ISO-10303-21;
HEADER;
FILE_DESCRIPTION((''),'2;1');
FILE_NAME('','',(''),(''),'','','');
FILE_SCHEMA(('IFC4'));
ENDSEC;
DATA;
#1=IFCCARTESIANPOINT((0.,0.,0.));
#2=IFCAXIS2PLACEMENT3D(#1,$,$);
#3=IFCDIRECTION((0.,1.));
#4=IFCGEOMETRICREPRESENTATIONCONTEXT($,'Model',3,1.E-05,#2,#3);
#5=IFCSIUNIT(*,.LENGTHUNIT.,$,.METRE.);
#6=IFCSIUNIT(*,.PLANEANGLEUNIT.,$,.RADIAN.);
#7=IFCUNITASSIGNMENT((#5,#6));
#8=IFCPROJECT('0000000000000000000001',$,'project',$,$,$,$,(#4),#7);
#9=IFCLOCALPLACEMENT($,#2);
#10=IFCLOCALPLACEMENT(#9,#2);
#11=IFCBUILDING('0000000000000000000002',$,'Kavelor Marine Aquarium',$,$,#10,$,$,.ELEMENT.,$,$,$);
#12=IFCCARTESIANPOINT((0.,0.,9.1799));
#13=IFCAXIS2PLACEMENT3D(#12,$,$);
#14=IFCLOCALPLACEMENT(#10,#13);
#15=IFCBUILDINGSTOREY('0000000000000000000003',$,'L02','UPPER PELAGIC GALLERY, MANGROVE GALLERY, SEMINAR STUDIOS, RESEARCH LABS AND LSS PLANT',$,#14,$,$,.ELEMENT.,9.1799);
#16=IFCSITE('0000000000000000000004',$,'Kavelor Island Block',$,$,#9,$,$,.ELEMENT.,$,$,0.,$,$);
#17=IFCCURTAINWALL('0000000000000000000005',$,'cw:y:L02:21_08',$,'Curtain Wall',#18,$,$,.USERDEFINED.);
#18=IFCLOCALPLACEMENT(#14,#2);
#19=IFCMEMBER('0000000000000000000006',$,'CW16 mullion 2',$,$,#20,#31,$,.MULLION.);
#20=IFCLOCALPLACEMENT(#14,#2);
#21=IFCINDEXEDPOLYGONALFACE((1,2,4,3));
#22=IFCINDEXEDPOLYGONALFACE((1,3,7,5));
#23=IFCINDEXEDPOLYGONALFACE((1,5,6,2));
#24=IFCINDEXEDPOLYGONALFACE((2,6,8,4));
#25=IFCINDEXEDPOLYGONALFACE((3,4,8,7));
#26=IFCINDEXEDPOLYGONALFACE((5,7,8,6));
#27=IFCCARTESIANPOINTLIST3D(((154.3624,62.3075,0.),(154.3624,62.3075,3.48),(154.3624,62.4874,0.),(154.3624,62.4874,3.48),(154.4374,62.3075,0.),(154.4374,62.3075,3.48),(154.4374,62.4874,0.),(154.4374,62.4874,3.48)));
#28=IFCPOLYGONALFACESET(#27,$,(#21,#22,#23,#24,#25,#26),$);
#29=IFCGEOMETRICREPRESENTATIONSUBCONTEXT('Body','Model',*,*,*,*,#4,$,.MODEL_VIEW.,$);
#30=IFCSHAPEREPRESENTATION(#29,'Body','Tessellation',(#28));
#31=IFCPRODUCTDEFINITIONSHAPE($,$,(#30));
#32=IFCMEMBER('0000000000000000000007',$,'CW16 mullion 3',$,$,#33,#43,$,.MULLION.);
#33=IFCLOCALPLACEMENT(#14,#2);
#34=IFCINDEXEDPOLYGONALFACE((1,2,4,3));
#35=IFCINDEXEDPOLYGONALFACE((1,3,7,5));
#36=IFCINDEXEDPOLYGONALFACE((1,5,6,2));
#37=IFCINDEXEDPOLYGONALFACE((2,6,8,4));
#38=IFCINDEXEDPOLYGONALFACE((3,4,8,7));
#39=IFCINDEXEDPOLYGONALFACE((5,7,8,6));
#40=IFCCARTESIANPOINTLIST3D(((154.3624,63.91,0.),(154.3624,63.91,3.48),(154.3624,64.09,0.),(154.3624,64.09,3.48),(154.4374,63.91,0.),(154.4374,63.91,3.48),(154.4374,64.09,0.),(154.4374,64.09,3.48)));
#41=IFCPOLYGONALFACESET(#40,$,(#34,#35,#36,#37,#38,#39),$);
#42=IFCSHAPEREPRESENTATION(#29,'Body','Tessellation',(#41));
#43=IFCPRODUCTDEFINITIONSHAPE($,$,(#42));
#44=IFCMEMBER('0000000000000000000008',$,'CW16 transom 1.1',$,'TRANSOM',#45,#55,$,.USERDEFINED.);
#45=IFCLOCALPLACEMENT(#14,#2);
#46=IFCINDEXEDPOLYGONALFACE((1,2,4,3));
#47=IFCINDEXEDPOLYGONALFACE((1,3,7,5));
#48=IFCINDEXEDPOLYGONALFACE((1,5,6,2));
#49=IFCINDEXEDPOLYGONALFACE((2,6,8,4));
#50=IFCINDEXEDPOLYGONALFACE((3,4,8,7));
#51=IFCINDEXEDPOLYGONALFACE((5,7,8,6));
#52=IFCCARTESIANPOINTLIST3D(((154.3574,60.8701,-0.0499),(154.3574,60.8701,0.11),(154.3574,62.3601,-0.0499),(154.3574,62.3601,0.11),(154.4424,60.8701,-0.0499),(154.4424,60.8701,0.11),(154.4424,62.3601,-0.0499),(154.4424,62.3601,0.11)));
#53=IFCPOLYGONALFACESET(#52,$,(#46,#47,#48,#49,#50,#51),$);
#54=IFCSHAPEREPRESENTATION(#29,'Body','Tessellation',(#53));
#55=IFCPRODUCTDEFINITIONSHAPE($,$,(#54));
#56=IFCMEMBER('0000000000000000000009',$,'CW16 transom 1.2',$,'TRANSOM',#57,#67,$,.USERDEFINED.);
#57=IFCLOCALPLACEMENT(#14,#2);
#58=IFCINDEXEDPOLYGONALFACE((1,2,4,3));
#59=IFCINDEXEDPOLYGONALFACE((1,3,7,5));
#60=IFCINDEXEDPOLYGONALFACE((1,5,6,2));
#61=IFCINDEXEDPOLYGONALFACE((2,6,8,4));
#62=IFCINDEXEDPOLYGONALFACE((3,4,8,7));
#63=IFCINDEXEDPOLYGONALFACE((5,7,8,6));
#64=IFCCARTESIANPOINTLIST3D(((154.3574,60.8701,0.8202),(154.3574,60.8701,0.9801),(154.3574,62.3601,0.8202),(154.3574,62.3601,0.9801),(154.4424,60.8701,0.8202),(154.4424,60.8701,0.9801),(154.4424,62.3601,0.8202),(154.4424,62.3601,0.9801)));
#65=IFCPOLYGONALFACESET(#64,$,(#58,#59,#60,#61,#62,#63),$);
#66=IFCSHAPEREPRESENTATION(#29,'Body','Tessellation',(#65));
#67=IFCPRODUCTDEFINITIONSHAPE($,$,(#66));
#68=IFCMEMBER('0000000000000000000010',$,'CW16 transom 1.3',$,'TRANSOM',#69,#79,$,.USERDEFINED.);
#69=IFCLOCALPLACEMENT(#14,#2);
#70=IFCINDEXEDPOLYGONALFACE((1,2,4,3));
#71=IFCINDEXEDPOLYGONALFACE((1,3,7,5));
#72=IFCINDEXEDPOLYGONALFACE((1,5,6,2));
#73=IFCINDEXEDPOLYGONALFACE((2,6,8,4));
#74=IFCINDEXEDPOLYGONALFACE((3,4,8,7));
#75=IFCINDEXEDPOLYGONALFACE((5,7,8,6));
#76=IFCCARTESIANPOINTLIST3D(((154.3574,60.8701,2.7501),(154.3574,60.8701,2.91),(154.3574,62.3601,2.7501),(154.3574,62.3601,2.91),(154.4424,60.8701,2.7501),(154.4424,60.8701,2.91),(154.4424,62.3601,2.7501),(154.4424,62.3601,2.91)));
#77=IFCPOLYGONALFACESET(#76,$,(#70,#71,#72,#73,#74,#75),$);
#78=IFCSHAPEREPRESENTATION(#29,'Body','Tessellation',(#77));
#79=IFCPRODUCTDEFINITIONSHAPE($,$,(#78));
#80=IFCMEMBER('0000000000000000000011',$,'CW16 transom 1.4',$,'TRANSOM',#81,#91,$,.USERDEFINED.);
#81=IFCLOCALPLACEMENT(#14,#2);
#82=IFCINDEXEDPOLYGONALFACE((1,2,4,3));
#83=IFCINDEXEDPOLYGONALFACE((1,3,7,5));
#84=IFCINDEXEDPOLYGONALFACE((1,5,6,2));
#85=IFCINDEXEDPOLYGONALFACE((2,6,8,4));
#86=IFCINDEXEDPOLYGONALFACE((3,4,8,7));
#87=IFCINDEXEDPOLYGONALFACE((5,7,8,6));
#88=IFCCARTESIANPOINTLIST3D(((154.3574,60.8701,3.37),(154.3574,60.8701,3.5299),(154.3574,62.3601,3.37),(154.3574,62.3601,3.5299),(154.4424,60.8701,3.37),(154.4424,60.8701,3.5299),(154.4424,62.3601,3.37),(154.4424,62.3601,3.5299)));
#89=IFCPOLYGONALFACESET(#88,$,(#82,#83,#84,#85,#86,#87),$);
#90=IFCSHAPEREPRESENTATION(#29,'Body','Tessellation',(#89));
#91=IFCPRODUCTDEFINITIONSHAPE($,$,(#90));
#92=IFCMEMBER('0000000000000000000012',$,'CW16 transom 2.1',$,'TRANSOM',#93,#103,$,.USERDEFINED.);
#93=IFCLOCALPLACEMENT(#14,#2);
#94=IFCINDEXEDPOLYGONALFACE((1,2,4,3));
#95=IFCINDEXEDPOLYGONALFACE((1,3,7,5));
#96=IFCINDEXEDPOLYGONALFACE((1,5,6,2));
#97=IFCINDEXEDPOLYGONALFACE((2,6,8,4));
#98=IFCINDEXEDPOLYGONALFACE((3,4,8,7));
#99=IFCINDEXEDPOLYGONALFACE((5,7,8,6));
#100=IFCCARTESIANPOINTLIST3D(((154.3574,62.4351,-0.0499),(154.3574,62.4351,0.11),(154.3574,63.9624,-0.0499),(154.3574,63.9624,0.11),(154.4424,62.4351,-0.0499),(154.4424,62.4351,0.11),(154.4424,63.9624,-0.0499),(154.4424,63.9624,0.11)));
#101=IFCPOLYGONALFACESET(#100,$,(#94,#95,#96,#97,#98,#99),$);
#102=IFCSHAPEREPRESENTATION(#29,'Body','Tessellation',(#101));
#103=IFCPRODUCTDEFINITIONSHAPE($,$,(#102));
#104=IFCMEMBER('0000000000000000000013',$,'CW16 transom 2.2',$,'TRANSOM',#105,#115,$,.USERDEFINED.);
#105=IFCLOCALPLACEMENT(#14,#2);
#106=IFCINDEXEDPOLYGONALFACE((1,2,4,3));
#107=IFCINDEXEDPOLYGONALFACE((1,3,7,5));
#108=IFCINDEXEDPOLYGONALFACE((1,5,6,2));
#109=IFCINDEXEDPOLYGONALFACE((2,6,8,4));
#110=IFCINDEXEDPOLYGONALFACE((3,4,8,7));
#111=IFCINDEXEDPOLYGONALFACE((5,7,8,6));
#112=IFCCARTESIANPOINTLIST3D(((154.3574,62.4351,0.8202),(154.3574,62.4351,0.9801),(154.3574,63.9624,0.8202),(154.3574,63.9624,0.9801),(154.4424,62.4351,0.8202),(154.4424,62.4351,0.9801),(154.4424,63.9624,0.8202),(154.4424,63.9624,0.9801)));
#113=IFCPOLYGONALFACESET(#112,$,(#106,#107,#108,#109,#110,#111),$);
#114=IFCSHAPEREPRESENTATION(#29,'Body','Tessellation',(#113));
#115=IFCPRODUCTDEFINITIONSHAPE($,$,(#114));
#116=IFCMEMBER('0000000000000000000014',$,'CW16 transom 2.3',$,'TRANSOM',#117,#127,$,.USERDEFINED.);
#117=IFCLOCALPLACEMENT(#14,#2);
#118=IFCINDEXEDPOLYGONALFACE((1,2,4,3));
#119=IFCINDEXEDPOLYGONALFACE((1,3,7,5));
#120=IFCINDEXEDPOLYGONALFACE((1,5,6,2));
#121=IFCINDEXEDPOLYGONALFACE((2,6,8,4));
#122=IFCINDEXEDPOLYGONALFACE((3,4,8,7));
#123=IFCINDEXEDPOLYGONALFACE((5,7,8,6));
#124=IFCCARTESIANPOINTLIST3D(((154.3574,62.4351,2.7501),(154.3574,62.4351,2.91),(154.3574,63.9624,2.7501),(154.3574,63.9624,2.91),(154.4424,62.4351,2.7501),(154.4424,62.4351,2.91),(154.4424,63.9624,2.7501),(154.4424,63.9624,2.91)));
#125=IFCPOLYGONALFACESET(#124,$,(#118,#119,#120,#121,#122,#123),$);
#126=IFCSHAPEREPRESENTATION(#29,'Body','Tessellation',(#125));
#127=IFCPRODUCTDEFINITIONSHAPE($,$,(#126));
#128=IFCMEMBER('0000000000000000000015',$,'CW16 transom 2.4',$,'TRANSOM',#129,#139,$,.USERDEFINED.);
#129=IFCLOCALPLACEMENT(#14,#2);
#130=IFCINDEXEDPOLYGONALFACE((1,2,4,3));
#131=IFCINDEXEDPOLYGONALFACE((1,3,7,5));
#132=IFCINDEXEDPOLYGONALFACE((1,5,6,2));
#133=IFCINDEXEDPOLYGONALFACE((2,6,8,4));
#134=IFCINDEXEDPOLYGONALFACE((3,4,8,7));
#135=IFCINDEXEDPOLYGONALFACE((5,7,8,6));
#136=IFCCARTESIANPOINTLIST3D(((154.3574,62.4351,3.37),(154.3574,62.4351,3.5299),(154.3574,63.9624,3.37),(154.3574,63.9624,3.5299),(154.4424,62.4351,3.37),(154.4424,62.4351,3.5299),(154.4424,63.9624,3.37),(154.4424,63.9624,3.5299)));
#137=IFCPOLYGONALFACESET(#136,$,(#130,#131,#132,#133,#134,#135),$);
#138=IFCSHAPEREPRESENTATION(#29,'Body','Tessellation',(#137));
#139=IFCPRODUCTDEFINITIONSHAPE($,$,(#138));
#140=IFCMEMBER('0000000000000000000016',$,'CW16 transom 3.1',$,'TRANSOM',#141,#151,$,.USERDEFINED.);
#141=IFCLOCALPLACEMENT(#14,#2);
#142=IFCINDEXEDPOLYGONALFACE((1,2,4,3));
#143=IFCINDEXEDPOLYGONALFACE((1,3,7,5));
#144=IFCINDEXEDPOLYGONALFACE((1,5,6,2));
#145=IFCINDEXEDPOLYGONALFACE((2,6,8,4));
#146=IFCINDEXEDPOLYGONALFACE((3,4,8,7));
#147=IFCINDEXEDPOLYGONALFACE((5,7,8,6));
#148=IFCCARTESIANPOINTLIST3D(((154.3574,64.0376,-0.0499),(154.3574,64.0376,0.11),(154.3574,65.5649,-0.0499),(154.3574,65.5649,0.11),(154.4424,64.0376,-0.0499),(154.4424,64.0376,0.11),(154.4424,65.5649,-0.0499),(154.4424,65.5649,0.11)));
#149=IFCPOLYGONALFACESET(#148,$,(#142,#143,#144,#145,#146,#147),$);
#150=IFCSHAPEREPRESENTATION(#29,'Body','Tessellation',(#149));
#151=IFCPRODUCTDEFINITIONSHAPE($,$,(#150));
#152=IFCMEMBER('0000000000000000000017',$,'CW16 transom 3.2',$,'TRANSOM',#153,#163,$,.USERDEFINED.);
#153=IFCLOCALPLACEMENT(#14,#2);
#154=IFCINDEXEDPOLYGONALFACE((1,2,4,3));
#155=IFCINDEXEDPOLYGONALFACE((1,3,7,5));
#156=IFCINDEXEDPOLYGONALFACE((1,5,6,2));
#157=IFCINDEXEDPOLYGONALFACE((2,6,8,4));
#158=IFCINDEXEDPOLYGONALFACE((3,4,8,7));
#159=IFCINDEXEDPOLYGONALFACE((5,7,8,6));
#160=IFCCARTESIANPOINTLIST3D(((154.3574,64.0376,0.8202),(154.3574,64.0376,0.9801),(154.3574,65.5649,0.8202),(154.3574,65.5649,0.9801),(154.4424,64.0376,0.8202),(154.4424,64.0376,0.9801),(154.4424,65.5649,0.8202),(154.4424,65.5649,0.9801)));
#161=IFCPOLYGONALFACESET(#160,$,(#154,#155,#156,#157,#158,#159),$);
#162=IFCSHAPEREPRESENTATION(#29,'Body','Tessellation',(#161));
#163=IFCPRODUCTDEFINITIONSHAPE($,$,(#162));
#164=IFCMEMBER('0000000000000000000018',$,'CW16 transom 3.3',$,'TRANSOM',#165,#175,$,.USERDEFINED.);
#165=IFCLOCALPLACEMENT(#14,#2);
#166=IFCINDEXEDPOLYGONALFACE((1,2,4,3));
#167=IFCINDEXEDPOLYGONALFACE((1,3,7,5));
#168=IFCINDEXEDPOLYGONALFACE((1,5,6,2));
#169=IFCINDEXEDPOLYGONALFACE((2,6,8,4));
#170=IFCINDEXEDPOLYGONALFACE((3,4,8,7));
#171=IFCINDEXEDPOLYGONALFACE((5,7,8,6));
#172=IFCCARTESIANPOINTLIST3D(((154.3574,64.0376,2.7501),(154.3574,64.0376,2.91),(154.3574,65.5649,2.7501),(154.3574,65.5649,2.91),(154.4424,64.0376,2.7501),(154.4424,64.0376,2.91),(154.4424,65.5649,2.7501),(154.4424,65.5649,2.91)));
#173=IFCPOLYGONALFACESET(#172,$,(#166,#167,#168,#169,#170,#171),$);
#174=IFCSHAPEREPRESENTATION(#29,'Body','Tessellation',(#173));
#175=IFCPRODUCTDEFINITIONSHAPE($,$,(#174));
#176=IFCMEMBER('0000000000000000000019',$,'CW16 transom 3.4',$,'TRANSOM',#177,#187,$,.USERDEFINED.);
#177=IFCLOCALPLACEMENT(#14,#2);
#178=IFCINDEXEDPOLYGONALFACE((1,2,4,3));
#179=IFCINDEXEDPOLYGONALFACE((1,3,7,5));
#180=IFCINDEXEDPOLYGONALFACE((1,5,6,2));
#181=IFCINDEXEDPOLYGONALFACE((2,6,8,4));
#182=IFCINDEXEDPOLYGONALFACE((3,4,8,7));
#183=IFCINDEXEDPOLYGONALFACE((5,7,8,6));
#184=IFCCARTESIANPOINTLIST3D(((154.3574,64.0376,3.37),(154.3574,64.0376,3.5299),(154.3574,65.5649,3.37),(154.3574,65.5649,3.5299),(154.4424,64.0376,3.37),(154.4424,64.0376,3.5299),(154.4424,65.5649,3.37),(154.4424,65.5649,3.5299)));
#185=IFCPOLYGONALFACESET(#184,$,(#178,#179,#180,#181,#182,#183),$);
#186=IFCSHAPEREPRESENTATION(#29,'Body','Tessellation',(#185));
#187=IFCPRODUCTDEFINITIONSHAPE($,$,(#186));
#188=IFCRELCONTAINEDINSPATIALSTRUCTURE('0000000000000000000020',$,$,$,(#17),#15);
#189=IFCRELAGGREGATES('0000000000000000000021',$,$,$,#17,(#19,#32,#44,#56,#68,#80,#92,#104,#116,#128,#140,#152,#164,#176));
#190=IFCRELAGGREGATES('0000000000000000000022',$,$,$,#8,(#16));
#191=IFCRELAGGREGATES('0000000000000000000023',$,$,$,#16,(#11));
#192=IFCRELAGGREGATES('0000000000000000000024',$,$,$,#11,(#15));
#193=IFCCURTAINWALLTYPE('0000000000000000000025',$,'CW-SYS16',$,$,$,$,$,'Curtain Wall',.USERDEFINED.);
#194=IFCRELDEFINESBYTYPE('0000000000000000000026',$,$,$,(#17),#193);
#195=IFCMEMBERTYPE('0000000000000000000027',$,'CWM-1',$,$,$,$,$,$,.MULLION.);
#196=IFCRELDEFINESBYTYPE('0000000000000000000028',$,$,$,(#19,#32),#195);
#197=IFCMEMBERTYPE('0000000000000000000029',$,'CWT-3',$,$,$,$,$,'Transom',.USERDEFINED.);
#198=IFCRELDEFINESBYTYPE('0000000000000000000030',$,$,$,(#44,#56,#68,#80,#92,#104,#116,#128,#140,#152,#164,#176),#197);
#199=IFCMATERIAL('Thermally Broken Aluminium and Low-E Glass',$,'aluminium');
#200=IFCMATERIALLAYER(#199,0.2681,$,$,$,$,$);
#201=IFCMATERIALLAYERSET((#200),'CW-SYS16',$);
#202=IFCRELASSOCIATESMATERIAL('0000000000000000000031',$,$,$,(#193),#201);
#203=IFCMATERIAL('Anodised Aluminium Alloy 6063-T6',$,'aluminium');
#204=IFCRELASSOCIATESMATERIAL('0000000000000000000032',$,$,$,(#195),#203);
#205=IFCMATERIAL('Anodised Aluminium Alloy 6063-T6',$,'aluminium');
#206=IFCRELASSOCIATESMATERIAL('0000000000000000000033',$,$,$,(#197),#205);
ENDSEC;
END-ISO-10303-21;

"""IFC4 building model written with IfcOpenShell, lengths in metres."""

from ifc_helpers import new_model, si_unit, direction, frame, origin, origin_2d, place, context, subcontext, project, spatial, rectangle, extrude, material, layer, layer_set, material_profile, profile_set, type_object, element, aggregate, save


model = new_model("IFC4")

# Units and contexts
model_context = context("Model", 3, precision=1e-05, world=origin(), true_north=direction((0.0, 1.0)))
body_context = subcontext(model_context, "Body", "Model", "MODEL_VIEW")
ifc_project = project(units=[si_unit("LENGTHUNIT", "METRE"), si_unit("PLANEANGLEUNIT", "RADIAN")], contexts=[model_context])

# Site, building, storey
site_placement = place(None, origin())
site = spatial("IfcSite", under=ifc_project, at=site_placement, Name="Kavelor Island Block", CompositionType="ELEMENT", RefElevation=0.0)
building_placement = place(site_placement, origin())
building = spatial("IfcBuilding", under=site, at=building_placement, Name="Kavelor Marine Aquarium", CompositionType="ELEMENT")
storey_placement = place(building_placement, frame((0.0, 0.0, 9.1799)))
storey = spatial("IfcBuildingStorey", under=building, at=storey_placement, Name="L02", Description="UPPER PELAGIC GALLERY, MANGROVE GALLERY, SEMINAR STUDIOS, RESEARCH LABS AND LSS PLANT", CompositionType="ELEMENT", Elevation=9.1799)

# Curtain wall, members
ifc_material_1 = material(Name="Thermally Broken Aluminium and Low-E Glass", Category="aluminium")
ifc_layer_1 = layer(ifc_material_1, 0.2681)
ifc_layer_set_1 = layer_set([ifc_layer_1], Name="CW-SYS16")
curtain_wall_type = type_object("IfcCurtainWallType", Name="CW-SYS16", ElementType="Curtain Wall", PredefinedType="USERDEFINED", material=ifc_layer_set_1)
curtain_wall_placement = place(storey_placement, origin())
curtain_wall = element("IfcCurtainWall", 1, at=curtain_wall_placement, inside=storey, type_object=curtain_wall_type, Name="cw:y:L02:21_08", ObjectType="Curtain Wall", PredefinedType="USERDEFINED")
ifc_material_2 = material(Name="Anodised Aluminium Alloy 6063-T6", Category="aluminium")
ifc_material_profile_1 = material_profile(ifc_material_2, rectangle(XDim=0.075, YDim=0.1799, at=origin_2d()), Name="CW-MUL 75x180")
ifc_profile_set_1 = profile_set([ifc_material_profile_1], Name="Anodised Aluminium Alloy 6063-T6")
member_type_1 = type_object("IfcMemberType", Name="CWM-1", PredefinedType="MULLION", material=ifc_profile_set_1)
member_1_placement = place(storey_placement, frame((154.3999, 62.3975, 0.0), z_axis=(0.0, 0.0, 1.0), x_axis=(-1.0, 0.0, 0.0)))
member_1 = element("IfcMember", 2, at=member_1_placement, type_object=member_type_1, Name="CW16 mullion 2", PredefinedType="MULLION", context=body_context, shape_type="SweptSolid", body=[
    extrude(rectangle(XDim=0.075, YDim=0.1799, at=origin_2d()), origin(), (0.0, 0.0, 1.0), 3.48),
])
member_2_placement = place(storey_placement, frame((154.3999, 64.0, 0.0), z_axis=(0.0, 0.0, 1.0), x_axis=(-1.0, 0.0, 0.0)))
member_2 = element("IfcMember", 3, at=member_2_placement, type_object=member_type_1, Name="CW16 mullion 3", PredefinedType="MULLION", context=body_context, shape_type="SweptSolid", body=[
    extrude(rectangle(XDim=0.075, YDim=0.1799, at=origin_2d()), origin(), (0.0, 0.0, 1.0), 3.48),
])
ifc_material_3 = material(Name="Anodised Aluminium Alloy 6063-T6", Category="aluminium")
ifc_material_profile_2 = material_profile(ifc_material_3, rectangle(XDim=0.085, YDim=0.1599, at=origin_2d()), Name="CW-TRN 85x160")
ifc_profile_set_2 = profile_set([ifc_material_profile_2], Name="Anodised Aluminium Alloy 6063-T6")
member_type_2 = type_object("IfcMemberType", Name="CWT-3", ElementType="Transom", PredefinedType="USERDEFINED", material=ifc_profile_set_2)
member_3_placement = place(storey_placement, frame((154.3999, 60.8701, 0.03), z_axis=(0.0, 1.0, 0.0), x_axis=(-1.0, 0.0, 0.0)))
member_3 = element("IfcMember", 4, at=member_3_placement, type_object=member_type_2, Name="CW16 transom 1.1", ObjectType="TRANSOM", PredefinedType="USERDEFINED", context=body_context, shape_type="SweptSolid", body=[
    extrude(rectangle(XDim=0.085, YDim=0.1599, at=origin_2d()), origin(), (0.0, 0.0, 1.0), 1.49),
])
member_4_placement = place(storey_placement, frame((154.3999, 60.8701, 0.9001), z_axis=(0.0, 1.0, 0.0), x_axis=(-1.0, 0.0, 0.0)))
member_4 = element("IfcMember", 5, at=member_4_placement, type_object=member_type_2, Name="CW16 transom 1.2", ObjectType="TRANSOM", PredefinedType="USERDEFINED", context=body_context, shape_type="SweptSolid", body=[
    extrude(rectangle(XDim=0.085, YDim=0.1599, at=origin_2d()), origin(), (0.0, 0.0, 1.0), 1.49),
])
member_5_placement = place(storey_placement, frame((154.3999, 60.8701, 2.8301), z_axis=(0.0, 1.0, 0.0), x_axis=(-1.0, 0.0, 0.0)))
member_5 = element("IfcMember", 6, at=member_5_placement, type_object=member_type_2, Name="CW16 transom 1.3", ObjectType="TRANSOM", PredefinedType="USERDEFINED", context=body_context, shape_type="SweptSolid", body=[
    extrude(rectangle(XDim=0.085, YDim=0.1599, at=origin_2d()), origin(), (0.0, 0.0, 1.0), 1.49),
])
member_6_placement = place(storey_placement, frame((154.3999, 60.8701, 3.45), z_axis=(0.0, 1.0, 0.0), x_axis=(-1.0, 0.0, 0.0)))
member_6 = element("IfcMember", 7, at=member_6_placement, type_object=member_type_2, Name="CW16 transom 1.4", ObjectType="TRANSOM", PredefinedType="USERDEFINED", context=body_context, shape_type="SweptSolid", body=[
    extrude(rectangle(XDim=0.085, YDim=0.1599, at=origin_2d()), origin(), (0.0, 0.0, 1.0), 1.49),
])
member_7_placement = place(storey_placement, frame((154.3999, 62.4351, 0.03), z_axis=(0.0, 1.0, 0.0), x_axis=(-1.0, 0.0, 0.0)))
member_7 = element("IfcMember", 8, at=member_7_placement, type_object=member_type_2, Name="CW16 transom 2.1", ObjectType="TRANSOM", PredefinedType="USERDEFINED", context=body_context, shape_type="SweptSolid", body=[
    extrude(rectangle(XDim=0.085, YDim=0.1599, at=origin_2d()), origin(), (0.0, 0.0, 1.0), 1.5273),
])
member_8_placement = place(storey_placement, frame((154.3999, 62.4351, 0.9001), z_axis=(0.0, 1.0, 0.0), x_axis=(-1.0, 0.0, 0.0)))
member_8 = element("IfcMember", 9, at=member_8_placement, type_object=member_type_2, Name="CW16 transom 2.2", ObjectType="TRANSOM", PredefinedType="USERDEFINED", context=body_context, shape_type="SweptSolid", body=[
    extrude(rectangle(XDim=0.085, YDim=0.1599, at=origin_2d()), origin(), (0.0, 0.0, 1.0), 1.5273),
])
member_9_placement = place(storey_placement, frame((154.3999, 62.4351, 2.8301), z_axis=(0.0, 1.0, 0.0), x_axis=(-1.0, 0.0, 0.0)))
member_9 = element("IfcMember", 10, at=member_9_placement, type_object=member_type_2, Name="CW16 transom 2.3", ObjectType="TRANSOM", PredefinedType="USERDEFINED", context=body_context, shape_type="SweptSolid", body=[
    extrude(rectangle(XDim=0.085, YDim=0.1599, at=origin_2d()), origin(), (0.0, 0.0, 1.0), 1.5273),
])
member_10_placement = place(storey_placement, frame((154.3999, 62.4351, 3.45), z_axis=(0.0, 1.0, 0.0), x_axis=(-1.0, 0.0, 0.0)))
member_10 = element("IfcMember", 11, at=member_10_placement, type_object=member_type_2, Name="CW16 transom 2.4", ObjectType="TRANSOM", PredefinedType="USERDEFINED", context=body_context, shape_type="SweptSolid", body=[
    extrude(rectangle(XDim=0.085, YDim=0.1599, at=origin_2d()), origin(), (0.0, 0.0, 1.0), 1.5273),
])
member_11_placement = place(storey_placement, frame((154.3999, 64.0376, 0.03), z_axis=(0.0, 1.0, 0.0), x_axis=(-1.0, 0.0, 0.0)))
member_11 = element("IfcMember", 12, at=member_11_placement, type_object=member_type_2, Name="CW16 transom 3.1", ObjectType="TRANSOM", PredefinedType="USERDEFINED", context=body_context, shape_type="SweptSolid", body=[
    extrude(rectangle(XDim=0.085, YDim=0.1599, at=origin_2d()), origin(), (0.0, 0.0, 1.0), 1.5273),
])
member_12_placement = place(storey_placement, frame((154.3999, 64.0376, 0.9001), z_axis=(0.0, 1.0, 0.0), x_axis=(-1.0, 0.0, 0.0)))
member_12 = element("IfcMember", 13, at=member_12_placement, type_object=member_type_2, Name="CW16 transom 3.2", ObjectType="TRANSOM", PredefinedType="USERDEFINED", context=body_context, shape_type="SweptSolid", body=[
    extrude(rectangle(XDim=0.085, YDim=0.1599, at=origin_2d()), origin(), (0.0, 0.0, 1.0), 1.5273),
])
member_13_placement = place(storey_placement, frame((154.3999, 64.0376, 2.8301), z_axis=(0.0, 1.0, 0.0), x_axis=(-1.0, 0.0, 0.0)))
member_13 = element("IfcMember", 14, at=member_13_placement, type_object=member_type_2, Name="CW16 transom 3.3", ObjectType="TRANSOM", PredefinedType="USERDEFINED", context=body_context, shape_type="SweptSolid", body=[
    extrude(rectangle(XDim=0.085, YDim=0.1599, at=origin_2d()), origin(), (0.0, 0.0, 1.0), 1.5273),
])
member_14_placement = place(storey_placement, frame((154.3999, 64.0376, 3.45), z_axis=(0.0, 1.0, 0.0), x_axis=(-1.0, 0.0, 0.0)))
member_14 = element("IfcMember", 15, at=member_14_placement, type_object=member_type_2, Name="CW16 transom 3.4", ObjectType="TRANSOM", PredefinedType="USERDEFINED", context=body_context, shape_type="SweptSolid", body=[
    extrude(rectangle(XDim=0.085, YDim=0.1599, at=origin_2d()), origin(), (0.0, 0.0, 1.0), 1.5273),
])
aggregate(curtain_wall, [member_1, member_2, member_3, member_4, member_5, member_6, member_7, member_8, member_9, member_10, member_11, member_12, member_13, member_14])

save(model, "model.ifc")
